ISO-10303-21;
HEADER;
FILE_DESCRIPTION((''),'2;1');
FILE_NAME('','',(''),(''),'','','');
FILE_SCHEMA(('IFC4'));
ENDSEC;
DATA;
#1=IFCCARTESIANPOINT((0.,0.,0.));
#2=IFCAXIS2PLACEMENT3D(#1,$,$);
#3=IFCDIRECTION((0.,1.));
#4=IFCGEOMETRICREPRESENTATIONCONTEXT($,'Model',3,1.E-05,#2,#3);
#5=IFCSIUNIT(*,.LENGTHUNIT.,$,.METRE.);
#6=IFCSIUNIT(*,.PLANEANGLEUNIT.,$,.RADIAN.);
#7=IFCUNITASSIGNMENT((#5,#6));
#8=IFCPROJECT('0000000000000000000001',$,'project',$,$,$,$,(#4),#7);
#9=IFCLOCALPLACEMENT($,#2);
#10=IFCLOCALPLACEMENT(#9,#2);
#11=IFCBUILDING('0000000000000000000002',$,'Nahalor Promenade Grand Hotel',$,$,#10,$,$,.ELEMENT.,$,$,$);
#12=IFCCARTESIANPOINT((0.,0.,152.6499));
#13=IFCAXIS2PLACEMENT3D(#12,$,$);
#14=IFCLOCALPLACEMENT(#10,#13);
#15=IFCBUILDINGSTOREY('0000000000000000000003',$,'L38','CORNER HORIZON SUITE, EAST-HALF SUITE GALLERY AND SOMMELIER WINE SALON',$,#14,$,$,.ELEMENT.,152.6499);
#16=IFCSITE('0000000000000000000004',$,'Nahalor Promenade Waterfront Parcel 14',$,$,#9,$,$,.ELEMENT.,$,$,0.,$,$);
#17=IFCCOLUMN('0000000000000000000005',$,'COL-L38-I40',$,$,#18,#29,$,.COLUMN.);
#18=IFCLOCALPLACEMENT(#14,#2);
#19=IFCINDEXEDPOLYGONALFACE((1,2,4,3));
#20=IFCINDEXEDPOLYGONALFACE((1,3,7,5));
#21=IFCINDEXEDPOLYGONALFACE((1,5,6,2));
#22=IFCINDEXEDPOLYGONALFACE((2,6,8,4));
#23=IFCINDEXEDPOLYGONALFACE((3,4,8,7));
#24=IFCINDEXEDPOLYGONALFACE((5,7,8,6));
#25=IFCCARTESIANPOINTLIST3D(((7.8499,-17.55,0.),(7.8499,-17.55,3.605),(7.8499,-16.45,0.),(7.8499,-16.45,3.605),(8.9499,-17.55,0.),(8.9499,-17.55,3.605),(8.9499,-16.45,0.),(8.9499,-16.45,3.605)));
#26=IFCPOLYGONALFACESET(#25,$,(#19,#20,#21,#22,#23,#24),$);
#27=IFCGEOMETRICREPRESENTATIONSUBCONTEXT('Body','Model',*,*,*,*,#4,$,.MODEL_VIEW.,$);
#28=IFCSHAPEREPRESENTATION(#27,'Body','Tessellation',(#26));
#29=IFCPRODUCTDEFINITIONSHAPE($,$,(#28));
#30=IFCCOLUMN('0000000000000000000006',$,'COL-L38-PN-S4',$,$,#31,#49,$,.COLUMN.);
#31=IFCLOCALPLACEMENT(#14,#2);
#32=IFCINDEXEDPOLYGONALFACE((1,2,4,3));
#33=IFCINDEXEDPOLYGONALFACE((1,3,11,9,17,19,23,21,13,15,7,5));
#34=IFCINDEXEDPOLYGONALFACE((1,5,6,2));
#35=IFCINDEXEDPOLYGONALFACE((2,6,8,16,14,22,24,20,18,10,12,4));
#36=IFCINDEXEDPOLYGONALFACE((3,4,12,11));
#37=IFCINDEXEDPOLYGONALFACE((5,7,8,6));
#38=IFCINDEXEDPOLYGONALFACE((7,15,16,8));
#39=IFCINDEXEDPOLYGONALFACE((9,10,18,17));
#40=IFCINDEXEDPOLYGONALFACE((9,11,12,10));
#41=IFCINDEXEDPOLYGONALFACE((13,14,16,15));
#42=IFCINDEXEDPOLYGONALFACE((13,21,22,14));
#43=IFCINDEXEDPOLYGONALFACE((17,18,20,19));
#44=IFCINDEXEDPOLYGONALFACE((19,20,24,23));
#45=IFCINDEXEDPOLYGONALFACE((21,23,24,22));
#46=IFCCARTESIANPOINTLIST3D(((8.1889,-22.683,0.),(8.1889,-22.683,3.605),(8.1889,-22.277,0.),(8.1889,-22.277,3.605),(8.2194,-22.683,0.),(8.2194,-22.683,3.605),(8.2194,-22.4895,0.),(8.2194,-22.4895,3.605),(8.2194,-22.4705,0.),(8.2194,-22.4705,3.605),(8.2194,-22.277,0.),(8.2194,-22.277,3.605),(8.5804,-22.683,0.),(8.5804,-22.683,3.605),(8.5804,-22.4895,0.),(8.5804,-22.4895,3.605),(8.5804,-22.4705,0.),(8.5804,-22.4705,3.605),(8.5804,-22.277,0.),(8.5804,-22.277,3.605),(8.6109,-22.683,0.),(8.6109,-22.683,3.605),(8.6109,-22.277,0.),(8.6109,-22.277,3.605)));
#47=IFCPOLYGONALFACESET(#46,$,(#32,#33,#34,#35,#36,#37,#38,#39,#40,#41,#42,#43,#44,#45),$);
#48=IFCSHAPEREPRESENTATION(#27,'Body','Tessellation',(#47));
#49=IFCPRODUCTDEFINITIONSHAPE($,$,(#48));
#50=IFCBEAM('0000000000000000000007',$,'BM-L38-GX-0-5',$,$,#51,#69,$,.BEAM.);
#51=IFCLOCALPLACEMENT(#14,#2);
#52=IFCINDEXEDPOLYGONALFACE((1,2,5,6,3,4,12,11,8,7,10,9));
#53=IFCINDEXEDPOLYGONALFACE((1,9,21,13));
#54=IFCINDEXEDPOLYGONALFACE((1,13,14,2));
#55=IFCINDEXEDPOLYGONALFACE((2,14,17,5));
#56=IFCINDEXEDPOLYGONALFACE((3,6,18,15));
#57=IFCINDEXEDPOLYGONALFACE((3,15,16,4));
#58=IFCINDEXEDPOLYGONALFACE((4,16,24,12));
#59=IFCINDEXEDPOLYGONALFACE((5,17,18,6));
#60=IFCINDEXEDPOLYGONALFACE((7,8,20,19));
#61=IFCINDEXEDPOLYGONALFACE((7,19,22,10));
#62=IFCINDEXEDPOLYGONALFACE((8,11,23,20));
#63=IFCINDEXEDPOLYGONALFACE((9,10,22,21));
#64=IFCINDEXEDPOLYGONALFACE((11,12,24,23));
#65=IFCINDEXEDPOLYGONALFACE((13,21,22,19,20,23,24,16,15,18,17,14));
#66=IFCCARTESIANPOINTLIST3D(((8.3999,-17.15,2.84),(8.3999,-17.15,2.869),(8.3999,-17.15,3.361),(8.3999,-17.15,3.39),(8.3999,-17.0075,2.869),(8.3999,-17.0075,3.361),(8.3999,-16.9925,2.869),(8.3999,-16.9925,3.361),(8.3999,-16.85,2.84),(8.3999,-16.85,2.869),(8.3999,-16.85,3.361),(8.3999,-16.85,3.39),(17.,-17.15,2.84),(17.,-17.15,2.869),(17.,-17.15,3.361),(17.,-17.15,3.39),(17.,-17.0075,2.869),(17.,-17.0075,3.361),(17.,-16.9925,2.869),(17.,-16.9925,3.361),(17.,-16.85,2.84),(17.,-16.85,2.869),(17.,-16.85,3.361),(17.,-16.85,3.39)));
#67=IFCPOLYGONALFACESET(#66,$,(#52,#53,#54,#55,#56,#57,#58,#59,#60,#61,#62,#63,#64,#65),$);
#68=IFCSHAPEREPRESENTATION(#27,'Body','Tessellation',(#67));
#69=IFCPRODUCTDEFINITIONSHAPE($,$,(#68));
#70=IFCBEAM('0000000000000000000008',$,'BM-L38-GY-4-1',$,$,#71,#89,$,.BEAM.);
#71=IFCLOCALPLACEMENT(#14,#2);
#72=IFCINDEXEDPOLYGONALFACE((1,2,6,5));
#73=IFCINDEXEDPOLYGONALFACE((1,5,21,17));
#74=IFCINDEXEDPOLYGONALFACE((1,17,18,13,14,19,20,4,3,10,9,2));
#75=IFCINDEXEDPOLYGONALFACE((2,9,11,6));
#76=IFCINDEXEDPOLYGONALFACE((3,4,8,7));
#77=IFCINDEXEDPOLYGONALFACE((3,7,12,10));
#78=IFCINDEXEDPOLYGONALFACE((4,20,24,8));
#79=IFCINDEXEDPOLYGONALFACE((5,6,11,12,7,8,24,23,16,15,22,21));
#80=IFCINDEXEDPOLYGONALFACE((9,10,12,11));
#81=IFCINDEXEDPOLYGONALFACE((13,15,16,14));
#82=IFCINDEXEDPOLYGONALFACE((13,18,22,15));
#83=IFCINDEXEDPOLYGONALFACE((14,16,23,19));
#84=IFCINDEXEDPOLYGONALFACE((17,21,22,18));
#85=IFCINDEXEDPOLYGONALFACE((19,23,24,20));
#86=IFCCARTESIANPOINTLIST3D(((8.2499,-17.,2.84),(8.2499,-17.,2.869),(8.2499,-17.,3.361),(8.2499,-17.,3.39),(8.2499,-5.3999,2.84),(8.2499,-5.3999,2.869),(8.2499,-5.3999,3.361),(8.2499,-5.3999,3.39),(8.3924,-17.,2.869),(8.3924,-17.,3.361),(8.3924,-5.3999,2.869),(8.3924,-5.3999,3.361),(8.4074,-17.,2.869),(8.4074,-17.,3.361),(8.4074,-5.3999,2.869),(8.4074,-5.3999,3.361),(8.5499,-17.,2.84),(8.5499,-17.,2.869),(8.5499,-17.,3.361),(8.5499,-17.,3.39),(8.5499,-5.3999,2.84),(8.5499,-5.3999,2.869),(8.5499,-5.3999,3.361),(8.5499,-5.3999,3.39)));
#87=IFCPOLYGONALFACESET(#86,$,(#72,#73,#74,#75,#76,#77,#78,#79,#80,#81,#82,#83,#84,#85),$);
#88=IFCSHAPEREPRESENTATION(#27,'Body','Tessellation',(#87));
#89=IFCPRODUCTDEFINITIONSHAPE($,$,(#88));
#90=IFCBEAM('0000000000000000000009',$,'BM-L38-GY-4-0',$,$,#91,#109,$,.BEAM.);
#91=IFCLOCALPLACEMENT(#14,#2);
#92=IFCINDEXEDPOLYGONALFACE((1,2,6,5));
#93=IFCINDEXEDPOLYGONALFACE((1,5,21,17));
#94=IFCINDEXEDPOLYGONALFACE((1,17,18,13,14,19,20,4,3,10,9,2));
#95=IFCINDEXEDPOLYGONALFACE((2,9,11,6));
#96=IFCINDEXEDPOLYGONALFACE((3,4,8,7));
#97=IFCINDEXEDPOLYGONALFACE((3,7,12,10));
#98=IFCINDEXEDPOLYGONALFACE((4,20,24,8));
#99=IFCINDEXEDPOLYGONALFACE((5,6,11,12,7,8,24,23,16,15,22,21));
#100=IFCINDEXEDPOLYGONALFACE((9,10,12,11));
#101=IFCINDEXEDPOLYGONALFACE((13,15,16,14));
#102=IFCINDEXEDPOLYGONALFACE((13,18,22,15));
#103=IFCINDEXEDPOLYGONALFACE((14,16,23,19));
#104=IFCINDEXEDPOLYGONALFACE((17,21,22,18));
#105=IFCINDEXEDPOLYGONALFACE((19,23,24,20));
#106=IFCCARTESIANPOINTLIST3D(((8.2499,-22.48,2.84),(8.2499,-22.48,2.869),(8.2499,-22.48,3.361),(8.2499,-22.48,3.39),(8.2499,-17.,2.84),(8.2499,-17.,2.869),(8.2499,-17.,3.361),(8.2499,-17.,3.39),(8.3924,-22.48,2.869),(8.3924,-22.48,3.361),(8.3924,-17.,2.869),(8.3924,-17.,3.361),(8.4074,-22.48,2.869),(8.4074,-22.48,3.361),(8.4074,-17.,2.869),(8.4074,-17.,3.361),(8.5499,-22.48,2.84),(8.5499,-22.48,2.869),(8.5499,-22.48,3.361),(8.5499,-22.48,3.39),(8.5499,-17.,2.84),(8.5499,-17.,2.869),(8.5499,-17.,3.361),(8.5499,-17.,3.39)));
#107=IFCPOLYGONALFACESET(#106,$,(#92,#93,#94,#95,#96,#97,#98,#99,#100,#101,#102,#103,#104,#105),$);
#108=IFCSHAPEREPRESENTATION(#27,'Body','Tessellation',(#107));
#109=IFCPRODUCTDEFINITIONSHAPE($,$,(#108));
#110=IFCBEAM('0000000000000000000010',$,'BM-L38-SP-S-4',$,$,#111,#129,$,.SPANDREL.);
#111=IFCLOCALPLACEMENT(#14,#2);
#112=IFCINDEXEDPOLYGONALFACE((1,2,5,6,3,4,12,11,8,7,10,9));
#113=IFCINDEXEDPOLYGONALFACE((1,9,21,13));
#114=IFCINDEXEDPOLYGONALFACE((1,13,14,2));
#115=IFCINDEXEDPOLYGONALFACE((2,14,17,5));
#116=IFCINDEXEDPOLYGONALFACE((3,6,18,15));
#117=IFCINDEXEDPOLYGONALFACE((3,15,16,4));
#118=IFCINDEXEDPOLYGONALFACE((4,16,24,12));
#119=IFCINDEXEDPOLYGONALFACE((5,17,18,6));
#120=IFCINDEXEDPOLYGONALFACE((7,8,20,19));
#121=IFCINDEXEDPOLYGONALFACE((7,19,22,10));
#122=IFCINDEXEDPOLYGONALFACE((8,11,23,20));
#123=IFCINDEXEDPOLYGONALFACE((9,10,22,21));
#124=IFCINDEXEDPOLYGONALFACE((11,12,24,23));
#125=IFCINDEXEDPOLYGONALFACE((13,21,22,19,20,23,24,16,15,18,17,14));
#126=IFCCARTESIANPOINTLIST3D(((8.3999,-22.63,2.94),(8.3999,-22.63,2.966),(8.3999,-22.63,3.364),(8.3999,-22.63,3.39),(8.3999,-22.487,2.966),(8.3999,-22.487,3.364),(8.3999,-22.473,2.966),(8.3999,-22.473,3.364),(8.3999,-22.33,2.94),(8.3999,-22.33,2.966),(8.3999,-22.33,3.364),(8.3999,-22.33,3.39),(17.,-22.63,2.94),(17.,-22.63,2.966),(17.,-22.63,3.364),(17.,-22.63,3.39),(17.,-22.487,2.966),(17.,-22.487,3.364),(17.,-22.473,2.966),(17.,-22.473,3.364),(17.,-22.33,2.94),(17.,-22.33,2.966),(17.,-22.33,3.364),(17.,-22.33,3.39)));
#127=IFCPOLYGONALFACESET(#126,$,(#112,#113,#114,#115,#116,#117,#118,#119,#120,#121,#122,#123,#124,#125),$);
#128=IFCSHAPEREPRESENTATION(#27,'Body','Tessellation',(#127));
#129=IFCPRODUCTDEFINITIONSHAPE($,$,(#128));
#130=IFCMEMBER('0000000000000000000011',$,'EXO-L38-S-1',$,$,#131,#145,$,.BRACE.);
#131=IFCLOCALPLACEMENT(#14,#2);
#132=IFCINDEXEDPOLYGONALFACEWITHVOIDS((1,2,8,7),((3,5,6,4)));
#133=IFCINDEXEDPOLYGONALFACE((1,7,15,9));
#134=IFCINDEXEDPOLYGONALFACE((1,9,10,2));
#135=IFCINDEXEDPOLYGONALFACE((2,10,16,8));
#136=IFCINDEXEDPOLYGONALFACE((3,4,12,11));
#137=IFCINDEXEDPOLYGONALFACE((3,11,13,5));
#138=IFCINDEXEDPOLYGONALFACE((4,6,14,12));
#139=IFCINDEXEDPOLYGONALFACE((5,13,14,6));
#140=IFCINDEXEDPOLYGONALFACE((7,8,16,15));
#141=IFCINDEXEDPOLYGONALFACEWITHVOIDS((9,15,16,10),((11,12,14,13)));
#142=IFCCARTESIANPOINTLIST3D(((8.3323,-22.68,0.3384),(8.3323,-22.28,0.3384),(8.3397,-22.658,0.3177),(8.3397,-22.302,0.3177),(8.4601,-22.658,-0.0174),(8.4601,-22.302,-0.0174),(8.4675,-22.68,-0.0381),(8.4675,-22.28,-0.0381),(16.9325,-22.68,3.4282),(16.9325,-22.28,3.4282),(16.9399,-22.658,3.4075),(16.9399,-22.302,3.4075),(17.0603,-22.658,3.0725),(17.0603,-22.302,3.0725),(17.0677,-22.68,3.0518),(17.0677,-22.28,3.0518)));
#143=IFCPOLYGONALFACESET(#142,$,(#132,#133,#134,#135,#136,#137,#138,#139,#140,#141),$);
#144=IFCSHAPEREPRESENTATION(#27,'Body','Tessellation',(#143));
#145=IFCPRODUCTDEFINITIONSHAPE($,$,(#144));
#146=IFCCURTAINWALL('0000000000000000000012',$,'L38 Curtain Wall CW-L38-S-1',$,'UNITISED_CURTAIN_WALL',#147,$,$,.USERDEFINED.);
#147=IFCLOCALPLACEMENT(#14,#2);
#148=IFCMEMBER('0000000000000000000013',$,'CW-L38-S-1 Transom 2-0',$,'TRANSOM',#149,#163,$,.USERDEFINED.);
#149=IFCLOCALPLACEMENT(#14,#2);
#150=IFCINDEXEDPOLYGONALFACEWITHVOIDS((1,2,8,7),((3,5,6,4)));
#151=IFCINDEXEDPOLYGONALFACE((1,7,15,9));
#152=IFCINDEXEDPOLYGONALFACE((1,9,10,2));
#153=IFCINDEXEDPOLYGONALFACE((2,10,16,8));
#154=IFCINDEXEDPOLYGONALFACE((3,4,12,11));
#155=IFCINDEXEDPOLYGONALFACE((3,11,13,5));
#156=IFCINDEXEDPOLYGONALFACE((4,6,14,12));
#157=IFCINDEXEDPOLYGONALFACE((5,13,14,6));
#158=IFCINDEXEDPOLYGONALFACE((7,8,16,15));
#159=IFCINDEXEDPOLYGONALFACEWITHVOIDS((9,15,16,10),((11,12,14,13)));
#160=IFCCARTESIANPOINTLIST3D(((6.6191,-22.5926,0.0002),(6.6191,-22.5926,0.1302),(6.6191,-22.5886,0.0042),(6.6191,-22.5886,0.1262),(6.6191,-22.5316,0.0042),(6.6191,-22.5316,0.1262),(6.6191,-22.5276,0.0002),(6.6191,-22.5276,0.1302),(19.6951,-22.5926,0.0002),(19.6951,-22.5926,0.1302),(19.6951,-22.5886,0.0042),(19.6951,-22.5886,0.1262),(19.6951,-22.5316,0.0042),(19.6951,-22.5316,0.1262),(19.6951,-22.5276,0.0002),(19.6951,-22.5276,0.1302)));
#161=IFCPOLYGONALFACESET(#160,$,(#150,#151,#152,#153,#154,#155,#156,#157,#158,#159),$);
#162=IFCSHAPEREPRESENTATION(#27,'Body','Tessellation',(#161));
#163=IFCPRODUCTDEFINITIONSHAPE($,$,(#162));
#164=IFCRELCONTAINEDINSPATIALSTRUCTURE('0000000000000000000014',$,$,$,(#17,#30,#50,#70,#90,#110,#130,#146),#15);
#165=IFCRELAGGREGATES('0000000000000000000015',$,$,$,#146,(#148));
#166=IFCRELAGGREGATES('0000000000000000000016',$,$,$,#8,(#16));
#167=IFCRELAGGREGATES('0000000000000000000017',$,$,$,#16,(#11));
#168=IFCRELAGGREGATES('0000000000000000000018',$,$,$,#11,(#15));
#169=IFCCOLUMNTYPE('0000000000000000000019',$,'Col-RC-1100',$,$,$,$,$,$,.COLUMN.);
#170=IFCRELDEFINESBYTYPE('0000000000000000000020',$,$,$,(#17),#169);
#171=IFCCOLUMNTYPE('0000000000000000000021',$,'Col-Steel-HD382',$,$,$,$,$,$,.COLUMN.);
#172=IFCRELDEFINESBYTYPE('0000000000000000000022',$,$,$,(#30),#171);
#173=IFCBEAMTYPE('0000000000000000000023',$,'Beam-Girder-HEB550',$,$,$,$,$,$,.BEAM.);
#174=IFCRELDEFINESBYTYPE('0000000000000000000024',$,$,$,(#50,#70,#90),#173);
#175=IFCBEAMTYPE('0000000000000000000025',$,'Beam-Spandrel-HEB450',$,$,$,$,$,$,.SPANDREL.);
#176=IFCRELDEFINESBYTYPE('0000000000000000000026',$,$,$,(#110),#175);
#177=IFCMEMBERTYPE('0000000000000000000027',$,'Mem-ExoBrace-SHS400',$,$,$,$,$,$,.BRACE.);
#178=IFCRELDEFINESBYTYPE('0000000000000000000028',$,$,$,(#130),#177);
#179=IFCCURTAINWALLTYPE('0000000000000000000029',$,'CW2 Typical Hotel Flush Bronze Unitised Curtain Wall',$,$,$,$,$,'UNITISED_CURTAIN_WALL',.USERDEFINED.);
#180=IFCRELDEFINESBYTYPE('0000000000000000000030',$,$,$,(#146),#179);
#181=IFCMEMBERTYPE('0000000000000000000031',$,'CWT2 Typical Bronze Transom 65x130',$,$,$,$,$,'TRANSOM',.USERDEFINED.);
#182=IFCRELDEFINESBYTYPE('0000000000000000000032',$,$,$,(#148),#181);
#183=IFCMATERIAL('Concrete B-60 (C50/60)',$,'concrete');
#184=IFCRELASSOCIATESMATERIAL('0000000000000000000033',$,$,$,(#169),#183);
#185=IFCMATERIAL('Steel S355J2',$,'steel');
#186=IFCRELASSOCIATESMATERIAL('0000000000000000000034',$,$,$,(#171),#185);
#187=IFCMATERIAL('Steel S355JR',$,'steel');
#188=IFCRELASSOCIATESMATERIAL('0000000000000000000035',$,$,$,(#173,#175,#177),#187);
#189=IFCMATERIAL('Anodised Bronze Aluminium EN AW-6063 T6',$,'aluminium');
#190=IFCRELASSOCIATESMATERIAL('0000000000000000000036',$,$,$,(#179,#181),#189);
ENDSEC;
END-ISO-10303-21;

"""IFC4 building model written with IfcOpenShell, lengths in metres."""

from ifc_helpers import new_model, si_unit, direction, frame, origin, origin_2d, place, context, subcontext, project, spatial, rectangle, hollow_rectangle, i_section, extrude, source, transform, mapped, material, material_profile, profile_set, type_object, element, aggregate, save


model = new_model("IFC4")

# Units and contexts
model_context = context("Model", 3, precision=1e-05, world=origin(), true_north=direction((0.0, 1.0)))
body_context = subcontext(model_context, "Body", "Model", "MODEL_VIEW")
ifc_project = project(units=[si_unit("LENGTHUNIT", "METRE"), si_unit("PLANEANGLEUNIT", "RADIAN")], contexts=[model_context])

# Site, building, storey
site_placement = place(None, origin())
site = spatial("IfcSite", under=ifc_project, at=site_placement, Name="Nahalor Promenade Waterfront Parcel 14", CompositionType="ELEMENT", RefElevation=0.0)
building_placement = place(site_placement, origin())
building = spatial("IfcBuilding", under=site, at=building_placement, Name="Nahalor Promenade Grand Hotel", CompositionType="ELEMENT")
storey_placement = place(building_placement, frame((0.0, 0.0, 152.6499)))
storey = spatial("IfcBuildingStorey", under=building, at=storey_placement, Name="L38", Description="CORNER HORIZON SUITE, EAST-HALF SUITE GALLERY AND SOMMELIER WINE SALON", CompositionType="ELEMENT", Elevation=152.6499)

# Columns
ifc_material_1 = material(Name="Concrete B-60 (C50/60)", Category="concrete")
ifc_material_profile_1 = material_profile(ifc_material_1, rectangle(XDim=1.1, YDim=1.1, at=origin_2d()), Name="RC 1100x1100")
ifc_profile_set_1 = profile_set([ifc_material_profile_1], Name="Concrete B-60 (C50/60)")
column_type_1 = type_object("IfcColumnType", Name="Col-RC-1100", PredefinedType="COLUMN", material=ifc_profile_set_1)
shared_shape_1 = source(origin(), body_context, "Body", "SweptSolid", [
    extrude(rectangle(XDim=1.1, YDim=1.1, at=origin_2d()), origin(), (0.0, 0.0, 1.0), 3.605),
])
column_1_placement = place(storey_placement, frame((8.3999, -17.0, 0.0), z_axis=(0.0, 0.0, 1.0), x_axis=(1.0, 0.0, 0.0)))
element("IfcColumn", 1, at=column_1_placement, inside=storey, type_object=column_type_1, Name="COL-L38-I40", PredefinedType="COLUMN", context=body_context, shape_type="MappedRepresentation", body=[
    mapped(shared_shape_1, transform((0.0, 0.0, 0.0), scale=1.0)),
])
ifc_material_2 = material(Name="Steel S355J2", Category="steel")
ifc_material_profile_2 = material_profile(ifc_material_2, i_section(OverallWidth=0.406, OverallDepth=0.422, WebThickness=0.019, FlangeThickness=0.0305, at=origin_2d()), Name="HD 400x382")
ifc_profile_set_2 = profile_set([ifc_material_profile_2], Name="Steel S355J2")
column_type_2 = type_object("IfcColumnType", Name="Col-Steel-HD382", PredefinedType="COLUMN", material=ifc_profile_set_2)
shared_shape_2 = source(origin(), body_context, "Body", "SweptSolid", [
    extrude(i_section(OverallWidth=0.406, OverallDepth=0.422, WebThickness=0.019, FlangeThickness=0.0305, at=origin_2d()), origin(), (0.0, 0.0, 1.0), 3.605),
])
column_2_placement = place(storey_placement, frame((8.3999, -22.48, 0.0), z_axis=(0.0, 0.0, 1.0), x_axis=(0.0, 1.0, 0.0)))
element("IfcColumn", 2, at=column_2_placement, inside=storey, type_object=column_type_2, Name="COL-L38-PN-S4", PredefinedType="COLUMN", context=body_context, shape_type="MappedRepresentation", body=[
    mapped(shared_shape_2, transform((0.0, 0.0, 0.0), scale=1.0)),
])

# Beams
ifc_material_3 = material(Name="Steel S355JR", Category="steel")
ifc_material_profile_3 = material_profile(ifc_material_3, i_section(OverallWidth=0.3, OverallDepth=0.55, WebThickness=0.015, FlangeThickness=0.029, at=origin_2d()), Name="HEB 550")
ifc_profile_set_3 = profile_set([ifc_material_profile_3], Name="Steel S355JR")
beam_type_1 = type_object("IfcBeamType", Name="Beam-Girder-HEB550", PredefinedType="BEAM", material=ifc_profile_set_3)
shared_shape_3 = source(origin(), body_context, "Body", "SweptSolid", [
    extrude(i_section(OverallWidth=0.3, OverallDepth=0.55, WebThickness=0.015, FlangeThickness=0.029, at=origin_2d()), origin(), (0.0, 0.0, 1.0), 8.6001),
])
beam_1_placement = place(storey_placement, frame((8.3999, -17.0, 3.115), z_axis=(1.0, 0.0, 0.0), x_axis=(0.0, 1.0, 0.0)))
element("IfcBeam", 3, at=beam_1_placement, inside=storey, type_object=beam_type_1, Name="BM-L38-GX-0-5", PredefinedType="BEAM", context=body_context, shape_type="MappedRepresentation", body=[
    mapped(shared_shape_3, transform((0.0, 0.0, 0.0), scale=1.0)),
])
shared_shape_4 = source(origin(), body_context, "Body", "SweptSolid", [
    extrude(i_section(OverallWidth=0.3, OverallDepth=0.55, WebThickness=0.015, FlangeThickness=0.029, at=origin_2d()), origin(), (0.0, 0.0, 1.0), 11.6001),
])
beam_2_placement = place(storey_placement, frame((8.3999, -17.0, 3.115), z_axis=(0.0, 1.0, 0.0), x_axis=(-1.0, 0.0, 0.0)))
element("IfcBeam", 4, at=beam_2_placement, inside=storey, type_object=beam_type_1, Name="BM-L38-GY-4-1", PredefinedType="BEAM", context=body_context, shape_type="MappedRepresentation", body=[
    mapped(shared_shape_4, transform((0.0, 0.0, 0.0), scale=1.0)),
])
shared_shape_5 = source(origin(), body_context, "Body", "SweptSolid", [
    extrude(i_section(OverallWidth=0.3, OverallDepth=0.55, WebThickness=0.015, FlangeThickness=0.029, at=origin_2d()), origin(), (0.0, 0.0, 1.0), 5.48),
])
beam_3_placement = place(storey_placement, frame((8.3999, -22.48, 3.115), z_axis=(0.0, 1.0, 0.0), x_axis=(-1.0, 0.0, 0.0)))
element("IfcBeam", 5, at=beam_3_placement, inside=storey, type_object=beam_type_1, Name="BM-L38-GY-4-0", PredefinedType="BEAM", context=body_context, shape_type="MappedRepresentation", body=[
    mapped(shared_shape_5, transform((0.0, 0.0, 0.0), scale=1.0)),
])
ifc_material_profile_4 = material_profile(ifc_material_3, i_section(OverallWidth=0.3, OverallDepth=0.45, WebThickness=0.014, FlangeThickness=0.026, at=origin_2d()), Name="HEB 450")
ifc_profile_set_4 = profile_set([ifc_material_profile_4], Name="Steel S355JR")
beam_type_2 = type_object("IfcBeamType", Name="Beam-Spandrel-HEB450", PredefinedType="SPANDREL", material=ifc_profile_set_4)
shared_shape_6 = source(origin(), body_context, "Body", "SweptSolid", [
    extrude(i_section(OverallWidth=0.3, OverallDepth=0.45, WebThickness=0.014, FlangeThickness=0.026, at=origin_2d()), origin(), (0.0, 0.0, 1.0), 8.6001),
])
beam_4_placement = place(storey_placement, frame((8.3999, -22.48, 3.165), z_axis=(1.0, 0.0, 0.0), x_axis=(0.0, 1.0, 0.0)))
element("IfcBeam", 6, at=beam_4_placement, inside=storey, type_object=beam_type_2, Name="BM-L38-SP-S-4", PredefinedType="SPANDREL", context=body_context, shape_type="MappedRepresentation", body=[
    mapped(shared_shape_6, transform((0.0, 0.0, 0.0), scale=1.0)),
])

# Member
ifc_material_profile_5 = material_profile(ifc_material_3, hollow_rectangle(XDim=0.4, YDim=0.4, WallThickness=0.022, at=origin_2d()), Name="SHS 400x400x22")
ifc_profile_set_5 = profile_set([ifc_material_profile_5], Name="Steel S355JR")
member_type_1 = type_object("IfcMemberType", Name="Mem-ExoBrace-SHS400", PredefinedType="BRACE", material=ifc_profile_set_5)
shared_shape_7 = source(origin(), body_context, "Body", "SweptSolid", [
    extrude(hollow_rectangle(XDim=0.4, YDim=0.4, WallThickness=0.022, at=origin_2d()), origin(), (0.0, 0.0, 1.0), 9.1384),
])
member_1_placement = place(storey_placement, frame((8.3999, -22.48, 0.1501), z_axis=(0.941103, 0.0, 0.33812), x_axis=(0.0, 1.0, 0.0)))
element("IfcMember", 7, at=member_1_placement, inside=storey, type_object=member_type_1, Name="EXO-L38-S-1", PredefinedType="BRACE", context=body_context, shape_type="MappedRepresentation", body=[
    mapped(shared_shape_7, transform((0.0, 0.0, 0.0), scale=1.0)),
])

# Curtain wall, member
ifc_material_4 = material(Name="Anodised Bronze Aluminium EN AW-6063 T6", Category="aluminium")
curtain_wall_type = type_object("IfcCurtainWallType", Name="CW2 Typical Hotel Flush Bronze Unitised Curtain Wall", ElementType="UNITISED_CURTAIN_WALL", PredefinedType="USERDEFINED", material=ifc_material_4)
curtain_wall_placement = place(storey_placement, origin())
curtain_wall = element("IfcCurtainWall", 8, at=curtain_wall_placement, inside=storey, type_object=curtain_wall_type, Name="L38 Curtain Wall CW-L38-S-1", ObjectType="UNITISED_CURTAIN_WALL", PredefinedType="USERDEFINED")
ifc_material_profile_6 = material_profile(ifc_material_4, hollow_rectangle(XDim=0.065, YDim=0.13, WallThickness=0.004, at=origin_2d()), Name="CWT 65x130x4")
ifc_profile_set_6 = profile_set([ifc_material_profile_6], Name="Anodised Bronze Aluminium EN AW-6063 T6")
member_type_2 = type_object("IfcMemberType", Name="CWT2 Typical Bronze Transom 65x130", ElementType="TRANSOM", PredefinedType="USERDEFINED", material=ifc_profile_set_6)
shared_shape_8 = source(origin(), body_context, "Body", "SweptSolid", [
    extrude(hollow_rectangle(XDim=0.065, YDim=0.13, WallThickness=0.004, at=origin_2d()), origin(), (0.0, 0.0, 1.0), 13.0759),
])
member_2_placement = place(storey_placement, frame((6.6191, -22.5601, 0.0652), z_axis=(1.0, 0.0, 0.0), x_axis=(0.0, 1.0, 0.0)))
member_2 = element("IfcMember", 9, at=member_2_placement, type_object=member_type_2, Name="CW-L38-S-1 Transom 2-0", ObjectType="TRANSOM", PredefinedType="USERDEFINED", context=body_context, shape_type="MappedRepresentation", body=[
    mapped(shared_shape_8, transform((0.0, 0.0, 0.0), scale=1.0)),
])
aggregate(curtain_wall, [member_2])

save(model, "model.ifc")
